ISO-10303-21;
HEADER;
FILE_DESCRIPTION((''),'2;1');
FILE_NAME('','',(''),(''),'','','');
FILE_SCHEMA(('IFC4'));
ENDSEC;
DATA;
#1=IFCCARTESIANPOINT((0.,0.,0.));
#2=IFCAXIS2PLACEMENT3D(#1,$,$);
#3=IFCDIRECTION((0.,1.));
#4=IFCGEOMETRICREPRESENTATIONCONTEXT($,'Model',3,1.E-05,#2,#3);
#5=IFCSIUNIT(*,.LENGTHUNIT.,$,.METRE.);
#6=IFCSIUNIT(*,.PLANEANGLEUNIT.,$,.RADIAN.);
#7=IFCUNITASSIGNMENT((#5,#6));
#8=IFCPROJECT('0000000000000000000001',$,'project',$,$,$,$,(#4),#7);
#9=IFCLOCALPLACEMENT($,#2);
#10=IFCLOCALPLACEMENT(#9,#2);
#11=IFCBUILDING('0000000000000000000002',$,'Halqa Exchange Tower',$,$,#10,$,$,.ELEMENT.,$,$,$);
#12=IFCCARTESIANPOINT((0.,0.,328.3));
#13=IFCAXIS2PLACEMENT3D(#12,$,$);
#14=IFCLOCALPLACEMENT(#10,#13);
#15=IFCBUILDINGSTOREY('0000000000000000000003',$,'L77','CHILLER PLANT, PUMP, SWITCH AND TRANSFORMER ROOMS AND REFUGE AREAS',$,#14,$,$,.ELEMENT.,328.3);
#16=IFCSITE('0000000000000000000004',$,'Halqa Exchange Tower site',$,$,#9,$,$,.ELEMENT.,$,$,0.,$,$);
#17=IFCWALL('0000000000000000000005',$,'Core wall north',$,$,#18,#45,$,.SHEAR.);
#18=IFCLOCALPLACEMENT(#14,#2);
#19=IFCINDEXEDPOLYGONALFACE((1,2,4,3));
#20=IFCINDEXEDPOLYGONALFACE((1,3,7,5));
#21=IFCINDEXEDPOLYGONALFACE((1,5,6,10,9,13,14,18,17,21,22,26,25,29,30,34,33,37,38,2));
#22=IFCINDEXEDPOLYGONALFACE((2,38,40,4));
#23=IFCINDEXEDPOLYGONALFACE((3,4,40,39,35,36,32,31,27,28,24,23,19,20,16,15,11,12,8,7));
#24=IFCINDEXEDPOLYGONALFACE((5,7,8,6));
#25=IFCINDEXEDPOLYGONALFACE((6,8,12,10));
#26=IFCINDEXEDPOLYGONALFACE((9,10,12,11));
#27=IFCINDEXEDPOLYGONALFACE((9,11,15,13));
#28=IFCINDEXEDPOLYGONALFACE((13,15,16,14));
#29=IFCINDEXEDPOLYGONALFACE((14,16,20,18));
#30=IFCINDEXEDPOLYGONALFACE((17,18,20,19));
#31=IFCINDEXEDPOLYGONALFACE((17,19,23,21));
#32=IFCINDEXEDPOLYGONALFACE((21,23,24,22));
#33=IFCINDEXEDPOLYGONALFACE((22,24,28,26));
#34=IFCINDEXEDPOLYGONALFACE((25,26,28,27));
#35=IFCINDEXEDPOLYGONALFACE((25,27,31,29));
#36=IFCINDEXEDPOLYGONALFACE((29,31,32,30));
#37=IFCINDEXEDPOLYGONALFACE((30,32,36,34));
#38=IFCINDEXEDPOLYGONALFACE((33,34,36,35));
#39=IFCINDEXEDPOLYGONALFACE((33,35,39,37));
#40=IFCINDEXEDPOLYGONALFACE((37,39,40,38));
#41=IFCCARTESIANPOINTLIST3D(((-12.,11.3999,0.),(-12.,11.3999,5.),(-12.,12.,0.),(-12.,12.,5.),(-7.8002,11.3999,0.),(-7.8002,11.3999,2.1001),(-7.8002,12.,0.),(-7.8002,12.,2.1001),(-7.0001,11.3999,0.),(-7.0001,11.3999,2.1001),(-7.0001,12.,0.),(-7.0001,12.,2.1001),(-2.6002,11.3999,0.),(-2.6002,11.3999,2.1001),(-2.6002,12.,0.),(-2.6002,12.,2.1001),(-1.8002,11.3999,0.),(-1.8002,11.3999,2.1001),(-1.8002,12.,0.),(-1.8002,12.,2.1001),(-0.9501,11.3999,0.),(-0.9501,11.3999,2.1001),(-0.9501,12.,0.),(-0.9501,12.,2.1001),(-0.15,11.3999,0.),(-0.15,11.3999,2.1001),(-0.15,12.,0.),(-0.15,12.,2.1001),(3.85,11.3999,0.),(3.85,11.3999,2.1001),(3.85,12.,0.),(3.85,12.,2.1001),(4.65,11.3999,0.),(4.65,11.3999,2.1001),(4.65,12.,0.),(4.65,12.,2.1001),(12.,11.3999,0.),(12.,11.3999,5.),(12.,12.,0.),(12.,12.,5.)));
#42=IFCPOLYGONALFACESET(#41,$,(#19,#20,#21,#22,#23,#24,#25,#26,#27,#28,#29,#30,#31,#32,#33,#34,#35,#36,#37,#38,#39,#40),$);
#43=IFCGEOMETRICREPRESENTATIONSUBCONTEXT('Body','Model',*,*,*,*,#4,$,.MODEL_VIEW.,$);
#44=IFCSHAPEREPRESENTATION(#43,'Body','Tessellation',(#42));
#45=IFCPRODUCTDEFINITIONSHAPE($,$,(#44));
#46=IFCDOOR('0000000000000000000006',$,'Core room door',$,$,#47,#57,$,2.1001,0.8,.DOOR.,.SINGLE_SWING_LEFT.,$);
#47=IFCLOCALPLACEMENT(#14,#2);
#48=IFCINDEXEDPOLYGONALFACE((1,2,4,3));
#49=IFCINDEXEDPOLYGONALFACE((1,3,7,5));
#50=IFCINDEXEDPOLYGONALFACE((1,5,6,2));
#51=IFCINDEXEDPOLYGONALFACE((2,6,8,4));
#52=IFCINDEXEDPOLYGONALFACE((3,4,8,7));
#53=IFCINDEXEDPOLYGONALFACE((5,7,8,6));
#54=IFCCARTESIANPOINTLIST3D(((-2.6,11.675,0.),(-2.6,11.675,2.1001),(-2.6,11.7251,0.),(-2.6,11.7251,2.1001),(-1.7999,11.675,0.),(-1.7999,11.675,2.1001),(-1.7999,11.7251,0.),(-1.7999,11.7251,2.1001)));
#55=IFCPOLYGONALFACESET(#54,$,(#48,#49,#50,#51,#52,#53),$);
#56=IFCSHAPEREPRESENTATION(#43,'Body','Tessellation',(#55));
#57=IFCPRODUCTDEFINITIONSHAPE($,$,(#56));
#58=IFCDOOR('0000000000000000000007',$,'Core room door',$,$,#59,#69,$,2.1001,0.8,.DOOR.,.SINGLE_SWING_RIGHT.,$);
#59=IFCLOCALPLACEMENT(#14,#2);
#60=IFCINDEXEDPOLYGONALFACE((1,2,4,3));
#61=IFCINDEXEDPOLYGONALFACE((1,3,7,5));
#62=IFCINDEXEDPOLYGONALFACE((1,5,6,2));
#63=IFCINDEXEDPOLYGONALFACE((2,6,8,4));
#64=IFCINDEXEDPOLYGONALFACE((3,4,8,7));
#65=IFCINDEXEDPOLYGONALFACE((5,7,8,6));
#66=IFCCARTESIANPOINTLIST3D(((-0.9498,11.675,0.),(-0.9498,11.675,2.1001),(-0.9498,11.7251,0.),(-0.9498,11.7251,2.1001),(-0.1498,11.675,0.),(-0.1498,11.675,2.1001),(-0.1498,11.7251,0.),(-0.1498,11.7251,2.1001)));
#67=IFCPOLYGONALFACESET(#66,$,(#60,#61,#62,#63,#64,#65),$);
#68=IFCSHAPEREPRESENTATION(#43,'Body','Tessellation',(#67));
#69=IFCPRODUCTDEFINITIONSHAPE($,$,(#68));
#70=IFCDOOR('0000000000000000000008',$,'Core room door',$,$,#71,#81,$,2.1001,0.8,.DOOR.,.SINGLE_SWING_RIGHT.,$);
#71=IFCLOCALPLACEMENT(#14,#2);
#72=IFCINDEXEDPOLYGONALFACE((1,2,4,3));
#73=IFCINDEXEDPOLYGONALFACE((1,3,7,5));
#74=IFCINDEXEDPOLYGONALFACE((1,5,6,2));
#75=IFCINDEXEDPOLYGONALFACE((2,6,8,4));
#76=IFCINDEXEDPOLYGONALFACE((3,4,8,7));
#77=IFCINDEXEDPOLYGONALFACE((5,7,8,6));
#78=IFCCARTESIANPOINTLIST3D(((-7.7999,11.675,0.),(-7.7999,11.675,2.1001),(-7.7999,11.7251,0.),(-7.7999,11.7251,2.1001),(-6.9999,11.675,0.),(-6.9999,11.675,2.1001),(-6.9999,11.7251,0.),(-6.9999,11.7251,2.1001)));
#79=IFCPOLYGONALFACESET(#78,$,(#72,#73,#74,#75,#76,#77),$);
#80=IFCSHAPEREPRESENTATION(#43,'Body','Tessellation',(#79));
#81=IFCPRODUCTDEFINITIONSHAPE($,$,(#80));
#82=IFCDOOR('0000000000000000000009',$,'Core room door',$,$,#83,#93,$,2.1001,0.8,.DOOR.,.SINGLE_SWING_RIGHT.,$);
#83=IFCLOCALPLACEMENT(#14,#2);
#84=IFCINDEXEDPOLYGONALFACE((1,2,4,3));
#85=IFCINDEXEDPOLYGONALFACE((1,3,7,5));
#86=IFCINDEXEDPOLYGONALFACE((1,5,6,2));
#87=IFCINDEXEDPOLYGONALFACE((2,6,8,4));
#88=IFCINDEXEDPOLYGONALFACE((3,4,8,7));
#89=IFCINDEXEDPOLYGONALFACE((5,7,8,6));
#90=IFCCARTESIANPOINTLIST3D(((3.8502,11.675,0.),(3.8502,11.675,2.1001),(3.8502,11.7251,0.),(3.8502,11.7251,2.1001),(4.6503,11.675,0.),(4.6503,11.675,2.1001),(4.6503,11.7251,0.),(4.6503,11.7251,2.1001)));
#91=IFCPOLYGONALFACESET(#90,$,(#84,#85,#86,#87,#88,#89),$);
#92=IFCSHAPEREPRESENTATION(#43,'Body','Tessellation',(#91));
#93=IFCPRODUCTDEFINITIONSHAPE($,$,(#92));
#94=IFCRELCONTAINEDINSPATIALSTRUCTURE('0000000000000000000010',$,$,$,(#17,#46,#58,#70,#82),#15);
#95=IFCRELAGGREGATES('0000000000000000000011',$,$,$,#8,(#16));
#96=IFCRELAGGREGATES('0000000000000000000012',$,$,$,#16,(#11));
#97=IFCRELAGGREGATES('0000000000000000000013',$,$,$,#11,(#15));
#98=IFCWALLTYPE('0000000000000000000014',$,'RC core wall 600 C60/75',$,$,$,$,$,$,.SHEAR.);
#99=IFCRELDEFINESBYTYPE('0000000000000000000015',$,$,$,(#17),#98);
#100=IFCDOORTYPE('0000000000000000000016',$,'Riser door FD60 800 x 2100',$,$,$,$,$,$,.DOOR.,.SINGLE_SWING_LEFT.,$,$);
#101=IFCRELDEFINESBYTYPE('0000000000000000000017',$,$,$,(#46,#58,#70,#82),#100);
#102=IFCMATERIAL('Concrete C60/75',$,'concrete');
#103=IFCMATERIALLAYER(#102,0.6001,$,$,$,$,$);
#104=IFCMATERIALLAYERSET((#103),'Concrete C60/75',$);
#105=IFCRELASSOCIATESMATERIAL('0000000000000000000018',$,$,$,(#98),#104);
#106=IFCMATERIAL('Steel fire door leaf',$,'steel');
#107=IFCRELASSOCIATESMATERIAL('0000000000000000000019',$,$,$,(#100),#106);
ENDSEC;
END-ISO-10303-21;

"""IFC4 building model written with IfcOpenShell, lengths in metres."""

from ifc_helpers import new_model, si_unit, direction, frame, frame_2d, origin, place, context, subcontext, project, spatial, rectangle, extrude, material, layer, layer_set, type_object, element, fill, save


model = new_model("IFC4")

# Units and contexts
model_context = context("Model", 3, precision=1e-05, world=origin(), true_north=direction((0.0, 1.0)))
body_context = subcontext(model_context, "Body", "Model", "MODEL_VIEW")
ifc_project = project(units=[si_unit("LENGTHUNIT", "METRE"), si_unit("PLANEANGLEUNIT", "RADIAN")], contexts=[model_context])

# Site, building, storey
site_placement = place(None, origin())
site = spatial("IfcSite", under=ifc_project, at=site_placement, Name="Halqa Exchange Tower site", CompositionType="ELEMENT", RefElevation=0.0)
building_placement = place(site_placement, origin())
building = spatial("IfcBuilding", under=site, at=building_placement, Name="Halqa Exchange Tower", CompositionType="ELEMENT")
storey_placement = place(building_placement, frame((0.0, 0.0, 328.3)))
storey = spatial("IfcBuildingStorey", under=building, at=storey_placement, Name="L77", Description="CHILLER PLANT, PUMP, SWITCH AND TRANSFORMER ROOMS AND REFUGE AREAS", CompositionType="ELEMENT", Elevation=328.3)

# Shared definitions
ifc_material_1 = material(Name="Concrete C60/75", Category="concrete")

# Shared definitions
ifc_material_2 = material(Name="Steel fire door leaf", Category="steel")

# Wall, openings, doors
ifc_layer_1 = layer(ifc_material_1, 0.6001)
ifc_layer_set_1 = layer_set([ifc_layer_1], Name="Concrete C60/75")
wall_type_1 = type_object("IfcWallType", Name="RC core wall 600 C60/75", PredefinedType="SHEAR", material=ifc_layer_set_1)
wall_1_placement = place(storey_placement, frame((-12.0, 11.7, 0.0), z_axis=(0.0, 0.0, 1.0), x_axis=(1.0, 0.0, 0.0)))
wall_1 = element("IfcWall", 1, at=wall_1_placement, inside=storey, type_object=wall_type_1, Name="Core wall north", PredefinedType="SHEAR", context=body_context, shape_type="SweptSolid", body=[
    extrude(rectangle(XDim=24.0, YDim=0.6001, at=frame_2d((12.0, 0.0))), origin(), (0.0, 0.0, 1.0), 5.0),
])
opening_1_placement = place(wall_1_placement, frame((9.3999, 0.0, 0.0)))
opening_1 = element("IfcOpeningElement", 2, at=opening_1_placement, cuts=wall_1, PredefinedType="OPENING", context=body_context, shape_type="SweptSolid", body=[
    extrude(rectangle(XDim=0.8, YDim=2.1001, at=frame_2d((0.3999, 1.05))), frame((0.0, 0.312, 0.0), z_axis=(0.0, -1.0, 0.0), x_axis=(1.0, 0.0, 0.0)), (0.0, 0.0, 1.0), 0.624),
])
opening_2_placement = place(wall_1_placement, frame((11.05, 0.0, 0.0)))
opening_2 = element("IfcOpeningElement", 3, at=opening_2_placement, cuts=wall_1, PredefinedType="OPENING", context=body_context, shape_type="SweptSolid", body=[
    extrude(rectangle(XDim=0.8, YDim=2.1001, at=frame_2d((0.3999, 1.05))), frame((0.0, 0.312, 0.0), z_axis=(0.0, -1.0, 0.0), x_axis=(1.0, 0.0, 0.0)), (0.0, 0.0, 1.0), 0.624),
])
opening_3_placement = place(wall_1_placement, frame((4.2, 0.0, 0.0)))
opening_3 = element("IfcOpeningElement", 4, at=opening_3_placement, cuts=wall_1, PredefinedType="OPENING", context=body_context, shape_type="SweptSolid", body=[
    extrude(rectangle(XDim=0.8, YDim=2.1001, at=frame_2d((0.3999, 1.05))), frame((0.0, 0.312, 0.0), z_axis=(0.0, -1.0, 0.0), x_axis=(1.0, 0.0, 0.0)), (0.0, 0.0, 1.0), 0.624),
])
opening_4_placement = place(wall_1_placement, frame((15.8501, 0.0, 0.0)))
opening_4 = element("IfcOpeningElement", 5, at=opening_4_placement, cuts=wall_1, PredefinedType="OPENING", context=body_context, shape_type="SweptSolid", body=[
    extrude(rectangle(XDim=0.8, YDim=2.1001, at=frame_2d((0.3999, 1.05))), frame((0.0, 0.312, 0.0), z_axis=(0.0, -1.0, 0.0), x_axis=(1.0, 0.0, 0.0)), (0.0, 0.0, 1.0), 0.624),
])
door_type_1 = type_object("IfcDoorType", Name="Riser door FD60 800 x 2100", OperationType="SINGLE_SWING_LEFT", PredefinedType="DOOR", material=ifc_material_2)
door_1_placement = place(opening_1_placement, frame((0.8, 0.0, 0.0), z_axis=(0.0, 0.0, 1.0), x_axis=(-1.0, 0.0, 0.0)))
door_1 = element("IfcDoor", 6, at=door_1_placement, inside=storey, type_object=door_type_1, Name="Core room door", OperationType="SINGLE_SWING_LEFT", OverallHeight=2.1001, OverallWidth=0.8, PredefinedType="DOOR", context=body_context, shape_type="SweptSolid", body=[
    extrude(rectangle(XDim=0.8, YDim=2.1001, at=frame_2d((0.3999, 1.05))), frame((0.0, 0.0249, 0.0), z_axis=(0.0, -1.0, 0.0), x_axis=(1.0, 0.0, 0.0)), (0.0, 0.0, 1.0), 0.05),
])
fill(opening_1, door_1)
door_2_placement = place(opening_2_placement, frame((0.8, 0.0, 0.0), z_axis=(0.0, 0.0, 1.0), x_axis=(-1.0, 0.0, 0.0)))
door_2 = element("IfcDoor", 7, at=door_2_placement, inside=storey, type_object=door_type_1, Name="Core room door", OperationType="SINGLE_SWING_RIGHT", OverallHeight=2.1001, OverallWidth=0.8, PredefinedType="DOOR", context=body_context, shape_type="SweptSolid", body=[
    extrude(rectangle(XDim=0.8, YDim=2.1001, at=frame_2d((0.3999, 1.05))), frame((0.0, 0.0249, 0.0), z_axis=(0.0, -1.0, 0.0), x_axis=(1.0, 0.0, 0.0)), (0.0, 0.0, 1.0), 0.05),
])
fill(opening_2, door_2)
door_3_placement = place(opening_3_placement, frame((0.8, 0.0, 0.0), z_axis=(0.0, 0.0, 1.0), x_axis=(-1.0, 0.0, 0.0)))
door_3 = element("IfcDoor", 8, at=door_3_placement, inside=storey, type_object=door_type_1, Name="Core room door", OperationType="SINGLE_SWING_RIGHT", OverallHeight=2.1001, OverallWidth=0.8, PredefinedType="DOOR", context=body_context, shape_type="SweptSolid", body=[
    extrude(rectangle(XDim=0.8, YDim=2.1001, at=frame_2d((0.3999, 1.05))), frame((0.0, 0.0249, 0.0), z_axis=(0.0, -1.0, 0.0), x_axis=(1.0, 0.0, 0.0)), (0.0, 0.0, 1.0), 0.05),
])
fill(opening_3, door_3)
door_4_placement = place(opening_4_placement, frame((0.8, 0.0, 0.0), z_axis=(0.0, 0.0, 1.0), x_axis=(-1.0, 0.0, 0.0)))
door_4 = element("IfcDoor", 9, at=door_4_placement, inside=storey, type_object=door_type_1, Name="Core room door", OperationType="SINGLE_SWING_RIGHT", OverallHeight=2.1001, OverallWidth=0.8, PredefinedType="DOOR", context=body_context, shape_type="SweptSolid", body=[
    extrude(rectangle(XDim=0.8, YDim=2.1001, at=frame_2d((0.3999, 1.05))), frame((0.0, 0.0249, 0.0), z_axis=(0.0, -1.0, 0.0), x_axis=(1.0, 0.0, 0.0)), (0.0, 0.0, 1.0), 0.05),
])
fill(opening_4, door_4)

save(model, "model.ifc")
